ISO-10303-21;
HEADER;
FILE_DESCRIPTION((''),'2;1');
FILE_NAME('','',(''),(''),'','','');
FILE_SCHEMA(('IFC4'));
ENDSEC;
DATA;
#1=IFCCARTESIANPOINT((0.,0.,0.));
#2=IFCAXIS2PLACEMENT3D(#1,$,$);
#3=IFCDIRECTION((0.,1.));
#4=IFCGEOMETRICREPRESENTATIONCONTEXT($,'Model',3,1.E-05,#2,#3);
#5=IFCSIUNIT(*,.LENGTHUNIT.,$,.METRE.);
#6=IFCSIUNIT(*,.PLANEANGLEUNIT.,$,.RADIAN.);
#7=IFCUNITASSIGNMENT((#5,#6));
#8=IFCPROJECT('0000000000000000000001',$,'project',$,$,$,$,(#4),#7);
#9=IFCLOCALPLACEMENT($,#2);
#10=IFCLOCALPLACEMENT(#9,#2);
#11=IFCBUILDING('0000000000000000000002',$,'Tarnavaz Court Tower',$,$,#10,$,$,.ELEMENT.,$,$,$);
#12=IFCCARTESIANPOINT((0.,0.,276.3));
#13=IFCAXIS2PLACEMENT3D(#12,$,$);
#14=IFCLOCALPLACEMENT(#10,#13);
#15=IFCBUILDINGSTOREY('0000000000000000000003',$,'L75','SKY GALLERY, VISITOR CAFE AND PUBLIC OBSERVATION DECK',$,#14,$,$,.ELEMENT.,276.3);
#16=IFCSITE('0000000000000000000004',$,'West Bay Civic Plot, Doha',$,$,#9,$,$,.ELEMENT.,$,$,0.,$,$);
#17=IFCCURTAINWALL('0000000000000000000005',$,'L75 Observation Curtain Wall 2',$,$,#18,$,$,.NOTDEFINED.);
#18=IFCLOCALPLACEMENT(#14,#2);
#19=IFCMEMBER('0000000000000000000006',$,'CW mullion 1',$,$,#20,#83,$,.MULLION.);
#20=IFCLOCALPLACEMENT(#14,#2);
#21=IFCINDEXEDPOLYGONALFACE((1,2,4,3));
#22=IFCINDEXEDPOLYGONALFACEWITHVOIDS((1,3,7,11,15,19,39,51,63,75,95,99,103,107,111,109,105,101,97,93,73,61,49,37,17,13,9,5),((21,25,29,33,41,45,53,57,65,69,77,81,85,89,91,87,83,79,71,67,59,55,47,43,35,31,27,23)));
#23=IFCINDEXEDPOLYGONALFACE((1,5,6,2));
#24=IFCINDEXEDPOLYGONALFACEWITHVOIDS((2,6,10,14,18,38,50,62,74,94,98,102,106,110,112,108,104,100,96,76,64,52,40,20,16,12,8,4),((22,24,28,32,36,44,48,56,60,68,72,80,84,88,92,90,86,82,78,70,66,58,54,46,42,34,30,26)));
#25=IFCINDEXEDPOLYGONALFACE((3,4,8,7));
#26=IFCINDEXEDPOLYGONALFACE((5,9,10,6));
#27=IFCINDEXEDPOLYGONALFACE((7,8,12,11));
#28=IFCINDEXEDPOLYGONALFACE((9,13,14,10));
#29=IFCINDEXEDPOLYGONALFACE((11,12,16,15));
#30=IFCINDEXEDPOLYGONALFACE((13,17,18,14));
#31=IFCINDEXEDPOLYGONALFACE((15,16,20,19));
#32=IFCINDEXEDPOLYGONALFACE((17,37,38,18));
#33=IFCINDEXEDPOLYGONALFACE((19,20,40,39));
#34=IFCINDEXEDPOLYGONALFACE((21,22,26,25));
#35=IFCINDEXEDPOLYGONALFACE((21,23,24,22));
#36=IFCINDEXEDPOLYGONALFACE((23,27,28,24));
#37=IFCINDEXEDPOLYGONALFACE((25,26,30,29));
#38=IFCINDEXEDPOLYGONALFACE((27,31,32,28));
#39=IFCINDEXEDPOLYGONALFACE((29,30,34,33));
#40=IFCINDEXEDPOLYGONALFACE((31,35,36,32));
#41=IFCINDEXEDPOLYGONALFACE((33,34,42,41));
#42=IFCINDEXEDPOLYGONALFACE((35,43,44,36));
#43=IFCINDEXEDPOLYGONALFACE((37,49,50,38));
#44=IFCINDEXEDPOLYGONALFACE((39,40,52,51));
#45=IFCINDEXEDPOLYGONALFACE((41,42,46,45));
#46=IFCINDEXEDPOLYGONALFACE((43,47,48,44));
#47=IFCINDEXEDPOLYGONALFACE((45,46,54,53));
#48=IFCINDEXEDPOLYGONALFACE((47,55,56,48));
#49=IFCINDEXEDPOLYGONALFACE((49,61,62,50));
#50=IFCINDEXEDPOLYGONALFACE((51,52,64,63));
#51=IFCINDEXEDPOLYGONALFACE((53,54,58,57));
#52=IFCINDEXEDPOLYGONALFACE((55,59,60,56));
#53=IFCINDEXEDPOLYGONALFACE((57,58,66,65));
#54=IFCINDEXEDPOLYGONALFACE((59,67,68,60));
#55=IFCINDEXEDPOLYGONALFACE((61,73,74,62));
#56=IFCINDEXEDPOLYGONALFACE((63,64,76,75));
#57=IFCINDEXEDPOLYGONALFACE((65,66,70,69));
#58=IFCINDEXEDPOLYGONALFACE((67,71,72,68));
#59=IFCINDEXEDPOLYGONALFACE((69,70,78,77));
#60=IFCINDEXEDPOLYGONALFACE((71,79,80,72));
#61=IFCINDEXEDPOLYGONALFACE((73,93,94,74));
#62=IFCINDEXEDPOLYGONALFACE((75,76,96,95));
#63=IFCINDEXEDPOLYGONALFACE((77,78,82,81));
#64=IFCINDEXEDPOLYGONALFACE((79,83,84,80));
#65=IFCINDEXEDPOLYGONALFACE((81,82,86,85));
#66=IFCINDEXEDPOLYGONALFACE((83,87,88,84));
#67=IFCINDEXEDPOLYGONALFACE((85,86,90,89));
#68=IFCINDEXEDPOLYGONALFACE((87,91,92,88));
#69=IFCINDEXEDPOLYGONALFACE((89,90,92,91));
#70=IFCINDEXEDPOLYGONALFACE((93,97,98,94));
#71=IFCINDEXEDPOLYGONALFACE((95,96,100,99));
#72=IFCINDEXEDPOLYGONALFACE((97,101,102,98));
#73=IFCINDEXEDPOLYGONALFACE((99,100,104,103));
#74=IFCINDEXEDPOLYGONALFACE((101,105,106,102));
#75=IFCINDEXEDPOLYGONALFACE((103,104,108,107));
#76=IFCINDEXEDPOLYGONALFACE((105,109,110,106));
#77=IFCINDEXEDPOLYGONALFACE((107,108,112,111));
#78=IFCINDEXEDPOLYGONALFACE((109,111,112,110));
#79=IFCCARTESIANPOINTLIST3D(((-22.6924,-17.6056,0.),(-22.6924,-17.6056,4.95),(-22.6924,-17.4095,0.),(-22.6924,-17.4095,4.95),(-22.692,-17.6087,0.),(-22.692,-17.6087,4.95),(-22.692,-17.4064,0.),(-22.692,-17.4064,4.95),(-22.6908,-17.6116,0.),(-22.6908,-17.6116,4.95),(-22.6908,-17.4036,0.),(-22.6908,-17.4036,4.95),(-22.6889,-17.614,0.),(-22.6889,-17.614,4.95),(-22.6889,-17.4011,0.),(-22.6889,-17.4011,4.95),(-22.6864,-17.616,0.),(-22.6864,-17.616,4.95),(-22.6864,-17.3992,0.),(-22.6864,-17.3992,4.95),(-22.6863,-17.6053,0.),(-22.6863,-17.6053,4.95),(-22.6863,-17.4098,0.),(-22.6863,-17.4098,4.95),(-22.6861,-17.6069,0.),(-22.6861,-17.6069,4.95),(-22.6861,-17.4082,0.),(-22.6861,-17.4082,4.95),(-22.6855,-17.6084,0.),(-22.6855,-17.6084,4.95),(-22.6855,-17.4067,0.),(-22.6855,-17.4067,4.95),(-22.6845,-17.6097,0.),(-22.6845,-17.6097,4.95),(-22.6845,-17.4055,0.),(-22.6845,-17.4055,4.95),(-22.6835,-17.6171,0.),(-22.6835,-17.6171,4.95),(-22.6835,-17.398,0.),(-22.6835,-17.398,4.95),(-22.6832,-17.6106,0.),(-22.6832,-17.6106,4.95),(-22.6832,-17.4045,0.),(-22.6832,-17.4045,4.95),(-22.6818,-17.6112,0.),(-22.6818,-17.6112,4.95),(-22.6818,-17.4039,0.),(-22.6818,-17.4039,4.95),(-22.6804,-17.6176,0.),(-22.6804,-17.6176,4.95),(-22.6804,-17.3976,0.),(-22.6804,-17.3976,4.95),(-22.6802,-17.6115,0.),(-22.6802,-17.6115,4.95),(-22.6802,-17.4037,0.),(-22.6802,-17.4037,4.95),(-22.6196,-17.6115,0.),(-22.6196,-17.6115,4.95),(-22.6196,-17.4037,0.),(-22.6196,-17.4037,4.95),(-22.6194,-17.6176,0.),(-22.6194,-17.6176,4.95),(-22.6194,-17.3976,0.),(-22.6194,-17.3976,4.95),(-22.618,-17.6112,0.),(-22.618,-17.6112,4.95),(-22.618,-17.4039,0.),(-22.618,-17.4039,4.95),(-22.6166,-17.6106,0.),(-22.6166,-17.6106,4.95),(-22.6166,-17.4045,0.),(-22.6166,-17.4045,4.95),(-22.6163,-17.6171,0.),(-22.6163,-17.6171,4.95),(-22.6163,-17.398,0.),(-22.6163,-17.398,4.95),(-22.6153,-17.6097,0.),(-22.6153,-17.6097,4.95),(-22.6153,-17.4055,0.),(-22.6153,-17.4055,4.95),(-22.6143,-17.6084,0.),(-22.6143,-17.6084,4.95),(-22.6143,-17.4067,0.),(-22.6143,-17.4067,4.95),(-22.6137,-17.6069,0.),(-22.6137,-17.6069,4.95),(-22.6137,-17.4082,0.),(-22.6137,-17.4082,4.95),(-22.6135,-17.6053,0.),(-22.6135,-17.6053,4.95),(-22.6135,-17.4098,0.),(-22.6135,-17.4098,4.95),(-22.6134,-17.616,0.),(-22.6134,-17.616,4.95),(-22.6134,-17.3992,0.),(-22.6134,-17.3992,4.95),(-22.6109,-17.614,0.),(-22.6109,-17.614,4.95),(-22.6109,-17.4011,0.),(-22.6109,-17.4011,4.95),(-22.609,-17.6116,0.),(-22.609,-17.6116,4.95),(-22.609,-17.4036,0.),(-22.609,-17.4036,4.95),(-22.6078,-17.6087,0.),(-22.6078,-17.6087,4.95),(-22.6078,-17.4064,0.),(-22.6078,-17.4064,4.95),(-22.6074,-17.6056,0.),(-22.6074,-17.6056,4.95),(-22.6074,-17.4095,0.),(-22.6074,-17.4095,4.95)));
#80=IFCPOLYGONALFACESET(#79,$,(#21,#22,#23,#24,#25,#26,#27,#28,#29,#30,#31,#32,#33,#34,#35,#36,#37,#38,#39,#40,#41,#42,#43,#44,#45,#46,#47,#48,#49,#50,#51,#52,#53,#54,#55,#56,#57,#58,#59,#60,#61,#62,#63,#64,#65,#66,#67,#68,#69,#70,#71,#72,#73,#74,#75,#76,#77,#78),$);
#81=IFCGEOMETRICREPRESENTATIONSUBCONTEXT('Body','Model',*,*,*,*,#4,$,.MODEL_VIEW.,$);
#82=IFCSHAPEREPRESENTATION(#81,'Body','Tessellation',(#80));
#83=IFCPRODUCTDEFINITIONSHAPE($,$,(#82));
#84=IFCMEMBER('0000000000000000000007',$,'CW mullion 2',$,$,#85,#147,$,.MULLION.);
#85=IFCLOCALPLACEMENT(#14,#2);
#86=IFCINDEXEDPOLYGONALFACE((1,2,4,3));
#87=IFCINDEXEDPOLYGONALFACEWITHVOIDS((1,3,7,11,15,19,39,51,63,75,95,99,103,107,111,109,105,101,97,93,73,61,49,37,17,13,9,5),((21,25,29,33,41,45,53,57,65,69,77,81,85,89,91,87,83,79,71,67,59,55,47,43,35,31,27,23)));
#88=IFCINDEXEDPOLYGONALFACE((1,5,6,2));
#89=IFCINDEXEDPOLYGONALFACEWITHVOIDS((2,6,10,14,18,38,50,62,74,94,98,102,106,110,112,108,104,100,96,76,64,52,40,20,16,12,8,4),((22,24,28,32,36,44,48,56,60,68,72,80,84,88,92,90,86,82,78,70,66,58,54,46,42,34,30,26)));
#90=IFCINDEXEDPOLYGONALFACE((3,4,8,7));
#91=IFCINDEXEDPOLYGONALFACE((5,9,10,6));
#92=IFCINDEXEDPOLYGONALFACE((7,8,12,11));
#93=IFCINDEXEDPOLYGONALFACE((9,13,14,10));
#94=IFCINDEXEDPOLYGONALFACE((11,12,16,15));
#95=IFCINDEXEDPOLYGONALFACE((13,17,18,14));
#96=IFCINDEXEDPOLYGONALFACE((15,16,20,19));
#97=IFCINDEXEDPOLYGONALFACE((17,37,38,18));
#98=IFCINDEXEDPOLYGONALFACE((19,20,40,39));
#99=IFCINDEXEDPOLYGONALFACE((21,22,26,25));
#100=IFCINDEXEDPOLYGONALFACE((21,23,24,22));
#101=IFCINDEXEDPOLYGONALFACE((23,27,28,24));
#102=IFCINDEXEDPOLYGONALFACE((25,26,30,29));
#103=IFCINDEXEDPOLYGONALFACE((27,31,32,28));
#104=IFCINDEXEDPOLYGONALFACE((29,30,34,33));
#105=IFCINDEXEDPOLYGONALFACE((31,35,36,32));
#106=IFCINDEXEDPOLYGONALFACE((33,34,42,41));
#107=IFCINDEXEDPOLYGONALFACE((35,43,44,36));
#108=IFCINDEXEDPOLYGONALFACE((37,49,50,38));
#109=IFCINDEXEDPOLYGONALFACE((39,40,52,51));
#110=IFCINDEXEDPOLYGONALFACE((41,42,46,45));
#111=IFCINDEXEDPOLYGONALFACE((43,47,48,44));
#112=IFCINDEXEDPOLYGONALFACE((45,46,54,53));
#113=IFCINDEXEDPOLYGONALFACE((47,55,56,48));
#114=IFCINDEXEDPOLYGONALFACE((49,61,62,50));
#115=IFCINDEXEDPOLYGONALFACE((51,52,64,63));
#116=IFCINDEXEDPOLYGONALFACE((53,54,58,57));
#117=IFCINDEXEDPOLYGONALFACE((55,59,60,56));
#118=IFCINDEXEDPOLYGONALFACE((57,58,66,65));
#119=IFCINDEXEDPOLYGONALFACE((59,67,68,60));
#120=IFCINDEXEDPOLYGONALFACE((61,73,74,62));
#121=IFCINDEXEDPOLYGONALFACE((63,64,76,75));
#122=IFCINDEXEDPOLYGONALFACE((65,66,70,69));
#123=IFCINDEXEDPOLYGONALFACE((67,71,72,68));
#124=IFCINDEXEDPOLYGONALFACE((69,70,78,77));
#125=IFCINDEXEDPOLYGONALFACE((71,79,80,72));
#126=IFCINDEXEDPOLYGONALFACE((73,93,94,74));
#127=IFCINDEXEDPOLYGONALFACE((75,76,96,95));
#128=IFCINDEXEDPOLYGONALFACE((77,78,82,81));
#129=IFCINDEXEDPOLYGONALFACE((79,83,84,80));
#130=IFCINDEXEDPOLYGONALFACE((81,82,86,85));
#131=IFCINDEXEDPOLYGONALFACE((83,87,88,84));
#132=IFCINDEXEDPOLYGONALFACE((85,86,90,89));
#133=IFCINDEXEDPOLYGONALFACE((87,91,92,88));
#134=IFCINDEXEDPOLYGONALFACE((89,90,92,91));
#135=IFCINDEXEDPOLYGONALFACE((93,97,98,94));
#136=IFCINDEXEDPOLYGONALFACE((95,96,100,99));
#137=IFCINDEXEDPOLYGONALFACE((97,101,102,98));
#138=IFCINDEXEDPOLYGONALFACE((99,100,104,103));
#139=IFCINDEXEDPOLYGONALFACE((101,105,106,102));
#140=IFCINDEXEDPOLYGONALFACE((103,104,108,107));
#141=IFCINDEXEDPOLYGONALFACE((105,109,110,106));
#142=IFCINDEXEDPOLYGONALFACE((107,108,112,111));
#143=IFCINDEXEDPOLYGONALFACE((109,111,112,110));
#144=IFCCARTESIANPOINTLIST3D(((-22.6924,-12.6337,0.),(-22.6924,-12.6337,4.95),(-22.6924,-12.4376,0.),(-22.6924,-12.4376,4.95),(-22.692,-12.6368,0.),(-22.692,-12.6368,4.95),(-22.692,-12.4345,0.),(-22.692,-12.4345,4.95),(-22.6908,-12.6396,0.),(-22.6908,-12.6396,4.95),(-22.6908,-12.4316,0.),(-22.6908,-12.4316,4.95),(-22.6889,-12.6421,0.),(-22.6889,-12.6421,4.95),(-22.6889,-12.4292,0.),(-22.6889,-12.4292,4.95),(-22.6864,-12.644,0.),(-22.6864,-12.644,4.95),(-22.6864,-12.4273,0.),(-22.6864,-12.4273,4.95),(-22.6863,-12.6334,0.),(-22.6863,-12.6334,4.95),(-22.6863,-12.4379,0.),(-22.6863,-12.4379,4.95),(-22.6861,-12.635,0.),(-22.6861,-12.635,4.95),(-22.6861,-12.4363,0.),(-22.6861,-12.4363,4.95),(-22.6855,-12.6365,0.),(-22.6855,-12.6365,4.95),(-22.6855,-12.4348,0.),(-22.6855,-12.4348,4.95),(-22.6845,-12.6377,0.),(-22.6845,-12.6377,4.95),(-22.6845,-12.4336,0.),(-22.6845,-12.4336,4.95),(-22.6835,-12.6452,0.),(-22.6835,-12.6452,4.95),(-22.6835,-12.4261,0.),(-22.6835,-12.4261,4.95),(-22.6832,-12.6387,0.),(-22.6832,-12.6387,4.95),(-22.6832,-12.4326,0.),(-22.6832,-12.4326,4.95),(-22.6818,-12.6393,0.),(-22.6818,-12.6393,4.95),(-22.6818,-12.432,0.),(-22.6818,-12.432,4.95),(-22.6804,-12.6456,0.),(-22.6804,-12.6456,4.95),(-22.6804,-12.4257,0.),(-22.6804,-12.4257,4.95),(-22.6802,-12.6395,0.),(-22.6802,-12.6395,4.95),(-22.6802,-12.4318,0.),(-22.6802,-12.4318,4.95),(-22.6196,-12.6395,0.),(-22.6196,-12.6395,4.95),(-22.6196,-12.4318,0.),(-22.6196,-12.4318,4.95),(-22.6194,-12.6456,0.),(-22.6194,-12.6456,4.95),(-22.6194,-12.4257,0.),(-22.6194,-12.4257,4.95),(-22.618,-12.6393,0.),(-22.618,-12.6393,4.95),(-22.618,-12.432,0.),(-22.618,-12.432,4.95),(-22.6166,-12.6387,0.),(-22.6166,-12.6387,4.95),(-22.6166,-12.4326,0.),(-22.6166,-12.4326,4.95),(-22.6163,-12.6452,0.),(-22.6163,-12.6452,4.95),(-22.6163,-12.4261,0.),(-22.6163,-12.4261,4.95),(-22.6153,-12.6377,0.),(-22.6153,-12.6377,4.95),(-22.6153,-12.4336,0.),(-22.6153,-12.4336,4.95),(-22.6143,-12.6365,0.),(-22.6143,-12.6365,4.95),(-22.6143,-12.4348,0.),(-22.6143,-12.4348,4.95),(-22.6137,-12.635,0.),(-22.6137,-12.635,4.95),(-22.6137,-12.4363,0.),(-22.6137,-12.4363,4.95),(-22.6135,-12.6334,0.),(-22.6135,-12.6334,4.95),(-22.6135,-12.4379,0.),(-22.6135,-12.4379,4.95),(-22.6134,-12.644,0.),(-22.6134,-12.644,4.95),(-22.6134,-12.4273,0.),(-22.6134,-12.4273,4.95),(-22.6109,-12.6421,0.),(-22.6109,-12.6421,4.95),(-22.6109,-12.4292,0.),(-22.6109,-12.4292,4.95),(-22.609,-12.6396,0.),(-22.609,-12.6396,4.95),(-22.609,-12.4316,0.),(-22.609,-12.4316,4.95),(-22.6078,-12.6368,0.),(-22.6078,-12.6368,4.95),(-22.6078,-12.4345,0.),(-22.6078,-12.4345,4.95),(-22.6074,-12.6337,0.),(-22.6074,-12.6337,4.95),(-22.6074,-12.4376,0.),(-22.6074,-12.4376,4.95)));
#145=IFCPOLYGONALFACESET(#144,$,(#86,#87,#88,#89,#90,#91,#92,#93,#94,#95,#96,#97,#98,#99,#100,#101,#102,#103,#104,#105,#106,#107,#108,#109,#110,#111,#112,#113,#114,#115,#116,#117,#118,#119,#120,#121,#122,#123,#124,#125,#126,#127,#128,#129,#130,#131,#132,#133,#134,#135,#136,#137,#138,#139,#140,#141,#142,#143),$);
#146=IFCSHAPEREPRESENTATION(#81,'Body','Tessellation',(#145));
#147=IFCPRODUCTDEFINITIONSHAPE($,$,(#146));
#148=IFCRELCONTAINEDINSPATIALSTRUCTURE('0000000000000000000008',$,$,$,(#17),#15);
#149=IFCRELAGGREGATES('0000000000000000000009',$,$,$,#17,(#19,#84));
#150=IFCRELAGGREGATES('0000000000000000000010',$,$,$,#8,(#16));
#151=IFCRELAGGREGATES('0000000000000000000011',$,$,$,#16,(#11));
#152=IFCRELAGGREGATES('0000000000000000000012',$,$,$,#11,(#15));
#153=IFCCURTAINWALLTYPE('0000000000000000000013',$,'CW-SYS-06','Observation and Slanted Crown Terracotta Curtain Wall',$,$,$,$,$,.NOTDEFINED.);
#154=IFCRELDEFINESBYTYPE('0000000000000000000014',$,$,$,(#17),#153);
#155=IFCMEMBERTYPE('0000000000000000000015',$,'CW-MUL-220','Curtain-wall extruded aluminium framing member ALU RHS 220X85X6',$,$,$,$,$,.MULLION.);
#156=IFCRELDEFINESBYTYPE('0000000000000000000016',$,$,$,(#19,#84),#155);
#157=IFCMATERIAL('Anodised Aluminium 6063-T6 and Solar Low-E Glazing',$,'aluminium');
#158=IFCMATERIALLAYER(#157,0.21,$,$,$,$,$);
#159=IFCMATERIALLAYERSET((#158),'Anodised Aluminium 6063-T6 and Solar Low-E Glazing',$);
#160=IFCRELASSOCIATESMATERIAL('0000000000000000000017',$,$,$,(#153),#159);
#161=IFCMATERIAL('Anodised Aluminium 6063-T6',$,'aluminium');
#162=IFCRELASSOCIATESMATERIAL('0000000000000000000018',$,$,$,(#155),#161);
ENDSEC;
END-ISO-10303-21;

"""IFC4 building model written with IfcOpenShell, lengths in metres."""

from ifc_helpers import new_model, si_unit, direction, frame, origin, origin_2d, place, context, subcontext, project, spatial, hollow_rectangle, extrude, material, layer, layer_set, material_profile, profile_set, type_object, element, aggregate, save


model = new_model("IFC4")

# Units and contexts
model_context = context("Model", 3, precision=1e-05, world=origin(), true_north=direction((0.0, 1.0)))
body_context = subcontext(model_context, "Body", "Model", "MODEL_VIEW")
ifc_project = project(units=[si_unit("LENGTHUNIT", "METRE"), si_unit("PLANEANGLEUNIT", "RADIAN")], contexts=[model_context])

# Site, building, storey
site_placement = place(None, origin())
site = spatial("IfcSite", under=ifc_project, at=site_placement, Name="West Bay Civic Plot, Doha", CompositionType="ELEMENT", RefElevation=0.0)
building_placement = place(site_placement, origin())
building = spatial("IfcBuilding", under=site, at=building_placement, Name="Tarnavaz Court Tower", CompositionType="ELEMENT")
storey_placement = place(building_placement, frame((0.0, 0.0, 276.3)))
storey = spatial("IfcBuildingStorey", under=building, at=storey_placement, Name="L75", Description="SKY GALLERY, VISITOR CAFE AND PUBLIC OBSERVATION DECK", CompositionType="ELEMENT", Elevation=276.3)

# Curtain wall, members
ifc_material_1 = material(Name="Anodised Aluminium 6063-T6 and Solar Low-E Glazing", Category="aluminium")
ifc_layer_1 = layer(ifc_material_1, 0.21)
ifc_layer_set_1 = layer_set([ifc_layer_1], Name="Anodised Aluminium 6063-T6 and Solar Low-E Glazing")
curtain_wall_type = type_object("IfcCurtainWallType", Name="CW-SYS-06", Description="Observation and Slanted Crown Terracotta Curtain Wall", PredefinedType="NOTDEFINED", material=ifc_layer_set_1)
curtain_wall_placement = place(storey_placement, origin())
curtain_wall = element("IfcCurtainWall", 1, at=curtain_wall_placement, inside=storey, type_object=curtain_wall_type, Name="L75 Observation Curtain Wall 2", PredefinedType="NOTDEFINED")
ifc_material_2 = material(Name="Anodised Aluminium 6063-T6", Category="aluminium")
ifc_material_profile_1 = material_profile(ifc_material_2, hollow_rectangle(XDim=0.085, YDim=0.22, WallThickness=0.0061, InnerFilletRadius=0.0061, OuterFilletRadius=0.012, at=origin_2d()), Name="ALU RHS 220X85X6")
ifc_profile_set_1 = profile_set([ifc_material_profile_1], Name="Anodised Aluminium 6063-T6")
member_type_1 = type_object("IfcMemberType", Name="CW-MUL-220", Description="Curtain-wall extruded aluminium framing member ALU RHS 220X85X6", PredefinedType="MULLION", material=ifc_profile_set_1)
member_1_placement = place(storey_placement, frame((-22.6499, -17.5076, 0.0), z_axis=(0.0, 0.0, 1.0), x_axis=(-1.0, 0.0, 0.0)))
member_1 = element("IfcMember", 2, at=member_1_placement, type_object=member_type_1, Name="CW mullion 1", PredefinedType="MULLION", context=body_context, shape_type="SweptSolid", body=[
    extrude(hollow_rectangle(XDim=0.085, YDim=0.22, WallThickness=0.0061, InnerFilletRadius=0.0061, OuterFilletRadius=0.012, at=origin_2d()), origin(), (0.0, 0.0, 1.0), 4.95),
])
member_2_placement = place(storey_placement, frame((-22.6499, -12.5356, 0.0), z_axis=(0.0, 0.0, 1.0), x_axis=(-1.0, 0.0, 0.0)))
member_2 = element("IfcMember", 3, at=member_2_placement, type_object=member_type_1, Name="CW mullion 2", PredefinedType="MULLION", context=body_context, shape_type="SweptSolid", body=[
    extrude(hollow_rectangle(XDim=0.085, YDim=0.22, WallThickness=0.0061, InnerFilletRadius=0.0061, OuterFilletRadius=0.012, at=origin_2d()), origin(), (0.0, 0.0, 1.0), 4.95),
])
aggregate(curtain_wall, [member_1, member_2])

save(model, "model.ifc")
